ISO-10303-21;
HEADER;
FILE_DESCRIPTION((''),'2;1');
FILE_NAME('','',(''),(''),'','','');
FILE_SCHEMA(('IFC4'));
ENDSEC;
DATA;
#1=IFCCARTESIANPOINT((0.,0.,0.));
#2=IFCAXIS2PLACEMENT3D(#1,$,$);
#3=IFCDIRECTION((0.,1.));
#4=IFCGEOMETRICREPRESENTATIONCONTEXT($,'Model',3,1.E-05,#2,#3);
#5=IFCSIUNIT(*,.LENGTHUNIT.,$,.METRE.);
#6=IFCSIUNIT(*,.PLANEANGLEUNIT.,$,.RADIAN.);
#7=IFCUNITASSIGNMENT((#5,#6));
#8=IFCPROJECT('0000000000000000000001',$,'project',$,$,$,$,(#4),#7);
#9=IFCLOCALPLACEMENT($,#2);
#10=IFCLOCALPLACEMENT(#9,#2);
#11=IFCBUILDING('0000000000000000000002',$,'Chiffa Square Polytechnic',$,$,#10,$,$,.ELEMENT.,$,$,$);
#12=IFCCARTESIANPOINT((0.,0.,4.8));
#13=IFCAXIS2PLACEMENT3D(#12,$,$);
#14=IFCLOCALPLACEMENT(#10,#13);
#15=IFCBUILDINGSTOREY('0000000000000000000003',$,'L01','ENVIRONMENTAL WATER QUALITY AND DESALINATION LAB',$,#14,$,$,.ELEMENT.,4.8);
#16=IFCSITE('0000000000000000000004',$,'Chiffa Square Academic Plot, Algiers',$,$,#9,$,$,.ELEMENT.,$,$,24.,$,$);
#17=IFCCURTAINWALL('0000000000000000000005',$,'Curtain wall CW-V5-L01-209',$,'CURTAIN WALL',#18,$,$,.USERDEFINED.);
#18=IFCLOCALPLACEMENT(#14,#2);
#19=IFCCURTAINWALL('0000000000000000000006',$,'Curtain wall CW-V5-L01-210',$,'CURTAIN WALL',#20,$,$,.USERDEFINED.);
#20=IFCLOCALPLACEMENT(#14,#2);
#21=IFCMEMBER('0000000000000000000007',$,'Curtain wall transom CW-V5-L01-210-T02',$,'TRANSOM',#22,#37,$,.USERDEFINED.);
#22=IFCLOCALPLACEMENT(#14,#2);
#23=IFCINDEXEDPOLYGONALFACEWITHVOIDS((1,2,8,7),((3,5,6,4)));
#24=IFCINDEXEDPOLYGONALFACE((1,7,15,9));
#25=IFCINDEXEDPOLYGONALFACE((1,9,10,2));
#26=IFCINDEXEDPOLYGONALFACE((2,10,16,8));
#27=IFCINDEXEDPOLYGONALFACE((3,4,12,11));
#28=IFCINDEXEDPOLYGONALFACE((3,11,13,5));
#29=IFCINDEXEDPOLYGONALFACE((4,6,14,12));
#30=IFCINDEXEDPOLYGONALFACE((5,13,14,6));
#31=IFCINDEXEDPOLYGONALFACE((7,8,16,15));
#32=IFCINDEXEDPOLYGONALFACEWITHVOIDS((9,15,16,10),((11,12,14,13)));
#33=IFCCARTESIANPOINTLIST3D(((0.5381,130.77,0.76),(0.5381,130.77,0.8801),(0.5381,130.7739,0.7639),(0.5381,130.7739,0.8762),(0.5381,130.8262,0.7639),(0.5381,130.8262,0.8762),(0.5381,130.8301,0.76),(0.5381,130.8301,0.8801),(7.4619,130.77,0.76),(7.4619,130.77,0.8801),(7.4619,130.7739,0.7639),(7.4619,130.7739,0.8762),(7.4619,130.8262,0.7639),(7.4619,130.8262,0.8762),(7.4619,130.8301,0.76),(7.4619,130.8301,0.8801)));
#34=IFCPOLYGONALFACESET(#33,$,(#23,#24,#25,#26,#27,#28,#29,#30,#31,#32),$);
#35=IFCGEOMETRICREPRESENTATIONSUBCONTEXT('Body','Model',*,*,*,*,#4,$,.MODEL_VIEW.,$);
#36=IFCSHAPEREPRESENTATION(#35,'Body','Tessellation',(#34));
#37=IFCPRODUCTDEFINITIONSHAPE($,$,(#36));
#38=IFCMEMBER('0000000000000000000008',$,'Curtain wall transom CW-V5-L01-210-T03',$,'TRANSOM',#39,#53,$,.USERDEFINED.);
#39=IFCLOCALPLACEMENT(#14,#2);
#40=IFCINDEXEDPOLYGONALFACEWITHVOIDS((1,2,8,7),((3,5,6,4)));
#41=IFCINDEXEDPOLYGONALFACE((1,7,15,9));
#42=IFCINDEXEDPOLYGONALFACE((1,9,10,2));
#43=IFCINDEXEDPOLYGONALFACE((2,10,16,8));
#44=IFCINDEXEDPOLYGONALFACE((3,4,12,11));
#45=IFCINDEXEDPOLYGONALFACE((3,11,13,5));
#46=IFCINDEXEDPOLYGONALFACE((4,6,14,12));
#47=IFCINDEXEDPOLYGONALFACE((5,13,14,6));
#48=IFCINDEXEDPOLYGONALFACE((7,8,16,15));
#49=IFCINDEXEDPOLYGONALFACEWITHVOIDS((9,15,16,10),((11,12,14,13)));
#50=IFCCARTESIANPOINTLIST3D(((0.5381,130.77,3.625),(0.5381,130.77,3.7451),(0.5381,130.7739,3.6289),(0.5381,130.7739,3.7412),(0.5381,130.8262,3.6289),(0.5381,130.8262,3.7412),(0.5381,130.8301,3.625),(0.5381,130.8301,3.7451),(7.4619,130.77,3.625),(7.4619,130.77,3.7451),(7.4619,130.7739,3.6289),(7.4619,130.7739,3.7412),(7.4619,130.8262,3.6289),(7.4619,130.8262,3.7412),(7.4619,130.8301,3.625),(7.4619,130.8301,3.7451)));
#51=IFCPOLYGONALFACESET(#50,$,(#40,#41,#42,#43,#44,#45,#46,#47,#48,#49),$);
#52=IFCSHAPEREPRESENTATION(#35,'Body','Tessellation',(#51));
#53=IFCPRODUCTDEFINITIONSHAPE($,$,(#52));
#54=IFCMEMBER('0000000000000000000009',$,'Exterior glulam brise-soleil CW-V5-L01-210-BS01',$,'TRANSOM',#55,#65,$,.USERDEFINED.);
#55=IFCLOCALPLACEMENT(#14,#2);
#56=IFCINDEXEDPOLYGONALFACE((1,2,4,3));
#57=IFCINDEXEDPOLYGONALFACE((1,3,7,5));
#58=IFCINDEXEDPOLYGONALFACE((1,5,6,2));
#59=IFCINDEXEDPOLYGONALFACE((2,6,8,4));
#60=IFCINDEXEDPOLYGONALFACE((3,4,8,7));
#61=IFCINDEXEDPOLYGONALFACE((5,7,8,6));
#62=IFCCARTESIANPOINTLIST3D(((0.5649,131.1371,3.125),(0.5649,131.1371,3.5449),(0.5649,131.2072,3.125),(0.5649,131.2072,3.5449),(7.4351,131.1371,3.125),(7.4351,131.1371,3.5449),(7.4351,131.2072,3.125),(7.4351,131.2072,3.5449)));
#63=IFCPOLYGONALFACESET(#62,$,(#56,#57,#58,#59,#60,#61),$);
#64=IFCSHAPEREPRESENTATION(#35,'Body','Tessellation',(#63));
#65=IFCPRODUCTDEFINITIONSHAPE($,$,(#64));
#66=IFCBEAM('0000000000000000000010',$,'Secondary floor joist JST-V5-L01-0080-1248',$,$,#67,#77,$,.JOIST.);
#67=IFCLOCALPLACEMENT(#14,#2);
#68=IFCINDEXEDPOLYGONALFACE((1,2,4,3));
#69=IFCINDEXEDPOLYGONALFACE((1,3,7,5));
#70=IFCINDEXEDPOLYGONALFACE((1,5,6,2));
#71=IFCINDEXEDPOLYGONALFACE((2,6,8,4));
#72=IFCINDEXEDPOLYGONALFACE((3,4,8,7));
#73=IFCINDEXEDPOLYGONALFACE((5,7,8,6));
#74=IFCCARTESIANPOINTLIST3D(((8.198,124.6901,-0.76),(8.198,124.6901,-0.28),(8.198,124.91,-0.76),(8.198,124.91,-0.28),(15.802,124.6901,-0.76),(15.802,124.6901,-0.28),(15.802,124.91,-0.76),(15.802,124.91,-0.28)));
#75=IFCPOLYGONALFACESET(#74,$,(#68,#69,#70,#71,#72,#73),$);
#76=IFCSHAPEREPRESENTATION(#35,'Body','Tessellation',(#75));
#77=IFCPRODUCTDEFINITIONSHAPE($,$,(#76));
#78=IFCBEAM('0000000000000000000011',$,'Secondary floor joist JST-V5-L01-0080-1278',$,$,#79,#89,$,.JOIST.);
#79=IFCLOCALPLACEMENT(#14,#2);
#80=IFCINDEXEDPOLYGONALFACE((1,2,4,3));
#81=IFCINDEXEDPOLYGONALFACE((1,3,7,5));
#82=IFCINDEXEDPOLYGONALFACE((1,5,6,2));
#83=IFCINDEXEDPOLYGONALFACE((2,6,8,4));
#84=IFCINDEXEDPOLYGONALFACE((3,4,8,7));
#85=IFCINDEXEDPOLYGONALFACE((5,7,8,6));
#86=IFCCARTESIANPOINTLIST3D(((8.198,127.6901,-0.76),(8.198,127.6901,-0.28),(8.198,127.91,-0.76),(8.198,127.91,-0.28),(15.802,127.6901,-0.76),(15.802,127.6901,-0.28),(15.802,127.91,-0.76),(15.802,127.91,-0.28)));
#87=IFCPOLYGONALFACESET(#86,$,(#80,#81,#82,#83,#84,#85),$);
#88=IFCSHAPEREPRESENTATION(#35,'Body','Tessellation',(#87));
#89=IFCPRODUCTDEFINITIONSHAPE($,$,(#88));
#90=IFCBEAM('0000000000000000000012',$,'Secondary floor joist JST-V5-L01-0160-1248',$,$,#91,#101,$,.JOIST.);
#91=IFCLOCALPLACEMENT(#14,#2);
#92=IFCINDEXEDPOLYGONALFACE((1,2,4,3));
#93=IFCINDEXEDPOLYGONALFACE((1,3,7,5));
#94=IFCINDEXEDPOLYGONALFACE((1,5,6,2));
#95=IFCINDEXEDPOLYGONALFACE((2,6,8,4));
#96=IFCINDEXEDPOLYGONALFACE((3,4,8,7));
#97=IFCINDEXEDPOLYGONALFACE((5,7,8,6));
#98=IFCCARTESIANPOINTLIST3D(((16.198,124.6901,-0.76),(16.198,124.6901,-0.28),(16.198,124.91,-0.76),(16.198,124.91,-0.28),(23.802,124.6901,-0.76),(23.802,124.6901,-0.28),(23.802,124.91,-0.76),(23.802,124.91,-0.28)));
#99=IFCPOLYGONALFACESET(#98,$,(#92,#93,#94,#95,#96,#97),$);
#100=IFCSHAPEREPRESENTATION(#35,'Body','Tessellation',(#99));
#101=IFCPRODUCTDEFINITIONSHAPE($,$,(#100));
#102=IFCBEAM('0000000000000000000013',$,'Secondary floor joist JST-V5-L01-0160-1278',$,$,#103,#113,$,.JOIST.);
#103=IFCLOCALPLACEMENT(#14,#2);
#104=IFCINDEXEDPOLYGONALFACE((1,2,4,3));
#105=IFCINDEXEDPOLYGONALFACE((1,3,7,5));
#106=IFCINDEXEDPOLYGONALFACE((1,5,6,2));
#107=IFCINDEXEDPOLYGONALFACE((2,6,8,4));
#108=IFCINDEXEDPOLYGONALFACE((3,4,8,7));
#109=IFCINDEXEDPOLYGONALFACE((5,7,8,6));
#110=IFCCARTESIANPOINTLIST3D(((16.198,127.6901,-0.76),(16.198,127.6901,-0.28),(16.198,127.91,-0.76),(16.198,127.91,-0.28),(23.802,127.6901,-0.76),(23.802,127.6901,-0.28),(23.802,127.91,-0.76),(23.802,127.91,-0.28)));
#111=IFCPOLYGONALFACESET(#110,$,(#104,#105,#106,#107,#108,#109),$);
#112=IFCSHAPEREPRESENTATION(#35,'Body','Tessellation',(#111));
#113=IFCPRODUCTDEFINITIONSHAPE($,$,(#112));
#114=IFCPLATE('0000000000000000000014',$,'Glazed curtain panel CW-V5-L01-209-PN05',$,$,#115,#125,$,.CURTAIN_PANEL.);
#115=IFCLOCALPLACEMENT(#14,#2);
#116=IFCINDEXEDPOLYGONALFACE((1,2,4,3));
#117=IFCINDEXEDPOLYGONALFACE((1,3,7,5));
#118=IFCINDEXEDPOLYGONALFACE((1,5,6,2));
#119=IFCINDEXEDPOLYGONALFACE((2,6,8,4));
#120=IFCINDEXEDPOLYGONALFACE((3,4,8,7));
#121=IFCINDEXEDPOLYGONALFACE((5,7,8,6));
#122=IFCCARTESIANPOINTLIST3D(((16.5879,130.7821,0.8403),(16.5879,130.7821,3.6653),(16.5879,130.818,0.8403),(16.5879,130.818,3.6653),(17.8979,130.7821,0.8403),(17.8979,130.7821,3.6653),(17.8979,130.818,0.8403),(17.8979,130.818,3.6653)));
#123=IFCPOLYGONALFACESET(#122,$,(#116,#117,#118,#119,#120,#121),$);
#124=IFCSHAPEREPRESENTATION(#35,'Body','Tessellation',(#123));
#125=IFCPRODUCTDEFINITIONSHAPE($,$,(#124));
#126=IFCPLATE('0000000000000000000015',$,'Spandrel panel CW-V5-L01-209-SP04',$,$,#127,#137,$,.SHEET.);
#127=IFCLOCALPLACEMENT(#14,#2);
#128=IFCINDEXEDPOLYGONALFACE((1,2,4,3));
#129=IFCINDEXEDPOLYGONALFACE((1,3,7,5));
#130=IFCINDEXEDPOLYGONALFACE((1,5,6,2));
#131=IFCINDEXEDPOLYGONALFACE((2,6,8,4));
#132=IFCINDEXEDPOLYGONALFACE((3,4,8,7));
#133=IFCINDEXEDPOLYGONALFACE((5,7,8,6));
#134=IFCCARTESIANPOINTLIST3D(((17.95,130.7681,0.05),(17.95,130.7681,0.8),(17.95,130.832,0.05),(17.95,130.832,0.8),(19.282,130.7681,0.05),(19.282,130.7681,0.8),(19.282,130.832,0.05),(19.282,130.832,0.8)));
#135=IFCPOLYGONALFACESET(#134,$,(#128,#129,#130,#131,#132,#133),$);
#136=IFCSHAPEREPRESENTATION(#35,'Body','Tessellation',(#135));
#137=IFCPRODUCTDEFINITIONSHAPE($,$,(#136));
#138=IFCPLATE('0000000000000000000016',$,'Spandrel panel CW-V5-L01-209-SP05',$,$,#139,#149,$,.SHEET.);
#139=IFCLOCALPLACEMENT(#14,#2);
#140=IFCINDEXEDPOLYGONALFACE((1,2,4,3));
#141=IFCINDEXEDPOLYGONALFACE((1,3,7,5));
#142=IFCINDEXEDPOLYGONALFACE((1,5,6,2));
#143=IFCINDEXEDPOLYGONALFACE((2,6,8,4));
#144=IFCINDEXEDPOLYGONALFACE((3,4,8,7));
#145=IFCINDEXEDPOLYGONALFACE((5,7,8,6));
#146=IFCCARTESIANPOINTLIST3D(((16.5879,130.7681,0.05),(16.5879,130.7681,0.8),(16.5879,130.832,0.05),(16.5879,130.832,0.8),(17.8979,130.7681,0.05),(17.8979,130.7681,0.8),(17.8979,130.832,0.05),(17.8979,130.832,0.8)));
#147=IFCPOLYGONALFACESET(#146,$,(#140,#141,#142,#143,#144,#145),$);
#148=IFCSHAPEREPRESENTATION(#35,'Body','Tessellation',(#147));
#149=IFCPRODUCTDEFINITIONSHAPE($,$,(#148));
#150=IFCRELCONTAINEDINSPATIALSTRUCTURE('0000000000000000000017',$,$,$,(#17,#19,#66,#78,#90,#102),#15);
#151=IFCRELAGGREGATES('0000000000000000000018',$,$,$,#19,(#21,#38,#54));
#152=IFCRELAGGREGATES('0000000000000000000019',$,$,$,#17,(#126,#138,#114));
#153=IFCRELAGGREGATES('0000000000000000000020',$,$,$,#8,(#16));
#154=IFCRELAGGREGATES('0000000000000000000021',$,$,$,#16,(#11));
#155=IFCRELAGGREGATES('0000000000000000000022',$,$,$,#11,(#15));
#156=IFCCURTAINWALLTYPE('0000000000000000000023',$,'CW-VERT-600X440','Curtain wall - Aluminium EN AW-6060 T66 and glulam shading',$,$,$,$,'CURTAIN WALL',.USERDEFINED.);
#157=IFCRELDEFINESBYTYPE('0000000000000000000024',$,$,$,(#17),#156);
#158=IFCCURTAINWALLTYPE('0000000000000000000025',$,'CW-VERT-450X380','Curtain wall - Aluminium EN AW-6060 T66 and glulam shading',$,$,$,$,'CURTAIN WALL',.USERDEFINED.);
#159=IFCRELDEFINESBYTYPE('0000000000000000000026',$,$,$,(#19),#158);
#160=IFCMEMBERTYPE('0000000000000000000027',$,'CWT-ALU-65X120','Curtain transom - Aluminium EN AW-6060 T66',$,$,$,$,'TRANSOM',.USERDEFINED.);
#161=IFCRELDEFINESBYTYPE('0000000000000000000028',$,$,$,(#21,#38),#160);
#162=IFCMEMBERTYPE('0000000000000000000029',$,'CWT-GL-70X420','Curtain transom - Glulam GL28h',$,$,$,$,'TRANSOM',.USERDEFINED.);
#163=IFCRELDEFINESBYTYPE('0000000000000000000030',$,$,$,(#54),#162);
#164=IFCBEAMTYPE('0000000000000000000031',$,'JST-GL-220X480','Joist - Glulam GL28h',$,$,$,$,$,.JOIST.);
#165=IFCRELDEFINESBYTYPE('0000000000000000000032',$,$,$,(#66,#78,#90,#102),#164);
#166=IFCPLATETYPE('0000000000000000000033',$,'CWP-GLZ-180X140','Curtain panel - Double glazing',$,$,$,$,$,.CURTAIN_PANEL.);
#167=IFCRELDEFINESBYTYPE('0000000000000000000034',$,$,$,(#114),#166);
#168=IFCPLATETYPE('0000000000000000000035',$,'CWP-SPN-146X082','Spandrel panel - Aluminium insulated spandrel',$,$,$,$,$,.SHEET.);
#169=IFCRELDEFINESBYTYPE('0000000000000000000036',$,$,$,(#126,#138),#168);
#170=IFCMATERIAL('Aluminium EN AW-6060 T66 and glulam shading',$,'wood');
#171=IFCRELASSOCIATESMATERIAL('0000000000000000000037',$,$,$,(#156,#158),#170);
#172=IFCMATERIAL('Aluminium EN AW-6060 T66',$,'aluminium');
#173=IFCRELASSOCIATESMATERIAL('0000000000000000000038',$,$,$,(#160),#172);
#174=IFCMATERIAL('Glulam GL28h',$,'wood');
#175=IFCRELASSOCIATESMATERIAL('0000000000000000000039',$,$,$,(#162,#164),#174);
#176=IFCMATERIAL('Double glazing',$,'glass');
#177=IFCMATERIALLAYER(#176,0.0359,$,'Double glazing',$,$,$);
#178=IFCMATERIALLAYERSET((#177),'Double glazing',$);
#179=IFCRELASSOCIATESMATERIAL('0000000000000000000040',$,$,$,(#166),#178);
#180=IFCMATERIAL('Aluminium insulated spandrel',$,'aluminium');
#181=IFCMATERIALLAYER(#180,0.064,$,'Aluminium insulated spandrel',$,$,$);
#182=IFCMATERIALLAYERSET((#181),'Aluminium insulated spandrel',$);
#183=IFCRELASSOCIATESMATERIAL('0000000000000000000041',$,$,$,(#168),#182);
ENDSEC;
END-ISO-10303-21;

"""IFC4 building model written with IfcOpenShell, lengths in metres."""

from ifc_helpers import new_model, si_unit, direction, frame, origin, origin_2d, place, context, subcontext, project, spatial, rectangle, hollow_rectangle, extrude, material, layer, layer_set, material_profile, profile_set, type_object, element, aggregate, save


model = new_model("IFC4")

# Units and contexts
model_context = context("Model", 3, precision=1e-05, world=origin(), true_north=direction((0.0, 1.0)))
body_context = subcontext(model_context, "Body", "Model", "MODEL_VIEW")
ifc_project = project(units=[si_unit("LENGTHUNIT", "METRE"), si_unit("PLANEANGLEUNIT", "RADIAN")], contexts=[model_context])

# Site, building, storey
site_placement = place(None, origin())
site = spatial("IfcSite", under=ifc_project, at=site_placement, Name="Chiffa Square Academic Plot, Algiers", CompositionType="ELEMENT", RefElevation=24.0)
building_placement = place(site_placement, origin())
building = spatial("IfcBuilding", under=site, at=building_placement, Name="Chiffa Square Polytechnic", CompositionType="ELEMENT")
storey_placement = place(building_placement, frame((0.0, 0.0, 4.8)))
storey = spatial("IfcBuildingStorey", under=building, at=storey_placement, Name="L01", Description="ENVIRONMENTAL WATER QUALITY AND DESALINATION LAB", CompositionType="ELEMENT", Elevation=4.8)

# Curtain walls, members
ifc_material_1 = material(Name="Aluminium EN AW-6060 T66 and glulam shading", Category="wood")
curtain_wall_type_1 = type_object("IfcCurtainWallType", Name="CW-VERT-600X440", Description="Curtain wall - Aluminium EN AW-6060 T66 and glulam shading", ElementType="CURTAIN WALL", PredefinedType="USERDEFINED", material=ifc_material_1)
curtain_wall_1_placement = place(storey_placement, origin())
curtain_wall_1 = element("IfcCurtainWall", 1, at=curtain_wall_1_placement, inside=storey, type_object=curtain_wall_type_1, Name="Curtain wall CW-V5-L01-209", ObjectType="CURTAIN WALL", PredefinedType="USERDEFINED")
ifc_material_2 = material(Name="Aluminium EN AW-6060 T66", Category="aluminium")
ifc_material_3 = material(Name="Glulam GL28h", Category="wood")
curtain_wall_type_2 = type_object("IfcCurtainWallType", Name="CW-VERT-450X380", Description="Curtain wall - Aluminium EN AW-6060 T66 and glulam shading", ElementType="CURTAIN WALL", PredefinedType="USERDEFINED", material=ifc_material_1)
curtain_wall_2_placement = place(storey_placement, origin())
curtain_wall_2 = element("IfcCurtainWall", 2, at=curtain_wall_2_placement, inside=storey, type_object=curtain_wall_type_2, Name="Curtain wall CW-V5-L01-210", ObjectType="CURTAIN WALL", PredefinedType="USERDEFINED")
ifc_material_profile_1 = material_profile(ifc_material_2, hollow_rectangle(XDim=0.0601, YDim=0.1201, WallThickness=0.0039, at=origin_2d()), Name="ALU 60x120x4")
ifc_profile_set_1 = profile_set([ifc_material_profile_1], Name="Aluminium EN AW-6060 T66")
member_type_1 = type_object("IfcMemberType", Name="CWT-ALU-65X120", Description="Curtain transom - Aluminium EN AW-6060 T66", ElementType="TRANSOM", PredefinedType="USERDEFINED", material=ifc_profile_set_1)
member_1_placement = place(storey_placement, frame((7.4619, 130.8, 0.8201), z_axis=(-1.0, 0.0, 0.0), x_axis=(0.0, -1.0, 0.0)))
member_1 = element("IfcMember", 3, at=member_1_placement, type_object=member_type_1, Name="Curtain wall transom CW-V5-L01-210-T02", ObjectType="TRANSOM", PredefinedType="USERDEFINED", context=body_context, shape_type="SweptSolid", body=[
    extrude(hollow_rectangle(XDim=0.0601, YDim=0.1201, WallThickness=0.0039, at=origin_2d()), origin(), (0.0, 0.0, 1.0), 6.9238),
])
member_2_placement = place(storey_placement, frame((7.4619, 130.8, 3.6851), z_axis=(-1.0, 0.0, 0.0), x_axis=(0.0, -1.0, 0.0)))
member_2 = element("IfcMember", 4, at=member_2_placement, type_object=member_type_1, Name="Curtain wall transom CW-V5-L01-210-T03", ObjectType="TRANSOM", PredefinedType="USERDEFINED", context=body_context, shape_type="SweptSolid", body=[
    extrude(hollow_rectangle(XDim=0.0601, YDim=0.1201, WallThickness=0.0039, at=origin_2d()), origin(), (0.0, 0.0, 1.0), 6.9238),
])
ifc_material_profile_2 = material_profile(ifc_material_3, rectangle(XDim=0.0701, YDim=0.4199, at=origin_2d()), Name="GL28h 70x420")
ifc_profile_set_2 = profile_set([ifc_material_profile_2], Name="Glulam GL28h")
member_type_2 = type_object("IfcMemberType", Name="CWT-GL-70X420", Description="Curtain transom - Glulam GL28h", ElementType="TRANSOM", PredefinedType="USERDEFINED", material=ifc_profile_set_2)
member_3_placement = place(storey_placement, frame((7.4351, 131.1721, 3.335), z_axis=(-1.0, 0.0, 0.0), x_axis=(0.0, -1.0, 0.0)))
member_3 = element("IfcMember", 5, at=member_3_placement, type_object=member_type_2, Name="Exterior glulam brise-soleil CW-V5-L01-210-BS01", ObjectType="TRANSOM", PredefinedType="USERDEFINED", context=body_context, shape_type="SweptSolid", body=[
    extrude(rectangle(XDim=0.0701, YDim=0.4199, at=origin_2d()), origin(), (0.0, 0.0, 1.0), 6.8701),
])
aggregate(curtain_wall_2, [member_1, member_2, member_3])

# Beams
ifc_material_profile_3 = material_profile(ifc_material_3, rectangle(XDim=0.22, YDim=0.48, at=origin_2d()), Name="GL28h 220x480")
ifc_profile_set_3 = profile_set([ifc_material_profile_3], Name="Glulam GL28h")
beam_type_1 = type_object("IfcBeamType", Name="JST-GL-220X480", Description="Joist - Glulam GL28h", PredefinedType="JOIST", material=ifc_profile_set_3)
for number, where, z_axis, x_axis, name in (
    (6, (8.198, 124.8, -0.52), (1.0, 0.0, 0.0), (0.0, 1.0, 0.0), "Secondary floor joist JST-V5-L01-0080-1248"),
    (7, (8.198, 127.8, -0.52), (1.0, 0.0, 0.0), (0.0, 1.0, 0.0), "Secondary floor joist JST-V5-L01-0080-1278"),
    (8, (16.198, 124.8, -0.52), (1.0, 0.0, 0.0), (0.0, 1.0, 0.0), "Secondary floor joist JST-V5-L01-0160-1248"),
    (9, (16.198, 127.8, -0.52), (1.0, 0.0, 0.0), (0.0, 1.0, 0.0), "Secondary floor joist JST-V5-L01-0160-1278"),
):
    element("IfcBeam", number, at=place(storey_placement, frame(where, z_axis=z_axis, x_axis=x_axis)), inside=storey, type_object=beam_type_1, Name=name, PredefinedType="JOIST", context=body_context, shape_type="SweptSolid", body=[
        extrude(rectangle(XDim=0.22, YDim=0.48, at=origin_2d()), origin(), (0.0, 0.0, 1.0), 7.604),
    ])

# Plates
ifc_material_4 = material(Name="Double glazing", Category="glass")
ifc_layer_1 = layer(ifc_material_4, 0.0359, Name="Double glazing")
ifc_layer_set_1 = layer_set([ifc_layer_1], Name="Double glazing")
plate_type_1 = type_object("IfcPlateType", Name="CWP-GLZ-180X140", Description="Curtain panel - Double glazing", PredefinedType="CURTAIN_PANEL", material=ifc_layer_set_1)
plate_1_placement = place(storey_placement, frame((17.2429, 130.8, 0.8403), z_axis=(0.0, 0.0, 1.0), x_axis=(-1.0, 0.0, 0.0)))
plate_1 = element("IfcPlate", 10, at=plate_1_placement, type_object=plate_type_1, Name="Glazed curtain panel CW-V5-L01-209-PN05", PredefinedType="CURTAIN_PANEL", context=body_context, shape_type="SweptSolid", body=[
    extrude(rectangle(XDim=1.3101, YDim=0.0359, at=origin_2d()), origin(), (0.0, 0.0, 1.0), 2.825),
])
ifc_material_5 = material(Name="Aluminium insulated spandrel", Category="aluminium")
ifc_layer_2 = layer(ifc_material_5, 0.064, Name="Aluminium insulated spandrel")
ifc_layer_set_2 = layer_set([ifc_layer_2], Name="Aluminium insulated spandrel")
plate_type_2 = type_object("IfcPlateType", Name="CWP-SPN-146X082", Description="Spandrel panel - Aluminium insulated spandrel", PredefinedType="SHEET", material=ifc_layer_set_2)
plate_2_placement = place(storey_placement, frame((18.616, 130.8, 0.05), z_axis=(0.0, 0.0, 1.0), x_axis=(-1.0, 0.0, 0.0)))
plate_2 = element("IfcPlate", 11, at=plate_2_placement, type_object=plate_type_2, Name="Spandrel panel CW-V5-L01-209-SP04", PredefinedType="SHEET", context=body_context, shape_type="SweptSolid", body=[
    extrude(rectangle(XDim=1.332, YDim=0.064, at=origin_2d()), origin(), (0.0, 0.0, 1.0), 0.75),
])
plate_3_placement = place(storey_placement, frame((17.2429, 130.8, 0.05), z_axis=(0.0, 0.0, 1.0), x_axis=(-1.0, 0.0, 0.0)))
plate_3 = element("IfcPlate", 12, at=plate_3_placement, type_object=plate_type_2, Name="Spandrel panel CW-V5-L01-209-SP05", PredefinedType="SHEET", context=body_context, shape_type="SweptSolid", body=[
    extrude(rectangle(XDim=1.3101, YDim=0.064, at=origin_2d()), origin(), (0.0, 0.0, 1.0), 0.75),
])
aggregate(curtain_wall_1, [plate_2, plate_3, plate_1])

save(model, "model.ifc")
